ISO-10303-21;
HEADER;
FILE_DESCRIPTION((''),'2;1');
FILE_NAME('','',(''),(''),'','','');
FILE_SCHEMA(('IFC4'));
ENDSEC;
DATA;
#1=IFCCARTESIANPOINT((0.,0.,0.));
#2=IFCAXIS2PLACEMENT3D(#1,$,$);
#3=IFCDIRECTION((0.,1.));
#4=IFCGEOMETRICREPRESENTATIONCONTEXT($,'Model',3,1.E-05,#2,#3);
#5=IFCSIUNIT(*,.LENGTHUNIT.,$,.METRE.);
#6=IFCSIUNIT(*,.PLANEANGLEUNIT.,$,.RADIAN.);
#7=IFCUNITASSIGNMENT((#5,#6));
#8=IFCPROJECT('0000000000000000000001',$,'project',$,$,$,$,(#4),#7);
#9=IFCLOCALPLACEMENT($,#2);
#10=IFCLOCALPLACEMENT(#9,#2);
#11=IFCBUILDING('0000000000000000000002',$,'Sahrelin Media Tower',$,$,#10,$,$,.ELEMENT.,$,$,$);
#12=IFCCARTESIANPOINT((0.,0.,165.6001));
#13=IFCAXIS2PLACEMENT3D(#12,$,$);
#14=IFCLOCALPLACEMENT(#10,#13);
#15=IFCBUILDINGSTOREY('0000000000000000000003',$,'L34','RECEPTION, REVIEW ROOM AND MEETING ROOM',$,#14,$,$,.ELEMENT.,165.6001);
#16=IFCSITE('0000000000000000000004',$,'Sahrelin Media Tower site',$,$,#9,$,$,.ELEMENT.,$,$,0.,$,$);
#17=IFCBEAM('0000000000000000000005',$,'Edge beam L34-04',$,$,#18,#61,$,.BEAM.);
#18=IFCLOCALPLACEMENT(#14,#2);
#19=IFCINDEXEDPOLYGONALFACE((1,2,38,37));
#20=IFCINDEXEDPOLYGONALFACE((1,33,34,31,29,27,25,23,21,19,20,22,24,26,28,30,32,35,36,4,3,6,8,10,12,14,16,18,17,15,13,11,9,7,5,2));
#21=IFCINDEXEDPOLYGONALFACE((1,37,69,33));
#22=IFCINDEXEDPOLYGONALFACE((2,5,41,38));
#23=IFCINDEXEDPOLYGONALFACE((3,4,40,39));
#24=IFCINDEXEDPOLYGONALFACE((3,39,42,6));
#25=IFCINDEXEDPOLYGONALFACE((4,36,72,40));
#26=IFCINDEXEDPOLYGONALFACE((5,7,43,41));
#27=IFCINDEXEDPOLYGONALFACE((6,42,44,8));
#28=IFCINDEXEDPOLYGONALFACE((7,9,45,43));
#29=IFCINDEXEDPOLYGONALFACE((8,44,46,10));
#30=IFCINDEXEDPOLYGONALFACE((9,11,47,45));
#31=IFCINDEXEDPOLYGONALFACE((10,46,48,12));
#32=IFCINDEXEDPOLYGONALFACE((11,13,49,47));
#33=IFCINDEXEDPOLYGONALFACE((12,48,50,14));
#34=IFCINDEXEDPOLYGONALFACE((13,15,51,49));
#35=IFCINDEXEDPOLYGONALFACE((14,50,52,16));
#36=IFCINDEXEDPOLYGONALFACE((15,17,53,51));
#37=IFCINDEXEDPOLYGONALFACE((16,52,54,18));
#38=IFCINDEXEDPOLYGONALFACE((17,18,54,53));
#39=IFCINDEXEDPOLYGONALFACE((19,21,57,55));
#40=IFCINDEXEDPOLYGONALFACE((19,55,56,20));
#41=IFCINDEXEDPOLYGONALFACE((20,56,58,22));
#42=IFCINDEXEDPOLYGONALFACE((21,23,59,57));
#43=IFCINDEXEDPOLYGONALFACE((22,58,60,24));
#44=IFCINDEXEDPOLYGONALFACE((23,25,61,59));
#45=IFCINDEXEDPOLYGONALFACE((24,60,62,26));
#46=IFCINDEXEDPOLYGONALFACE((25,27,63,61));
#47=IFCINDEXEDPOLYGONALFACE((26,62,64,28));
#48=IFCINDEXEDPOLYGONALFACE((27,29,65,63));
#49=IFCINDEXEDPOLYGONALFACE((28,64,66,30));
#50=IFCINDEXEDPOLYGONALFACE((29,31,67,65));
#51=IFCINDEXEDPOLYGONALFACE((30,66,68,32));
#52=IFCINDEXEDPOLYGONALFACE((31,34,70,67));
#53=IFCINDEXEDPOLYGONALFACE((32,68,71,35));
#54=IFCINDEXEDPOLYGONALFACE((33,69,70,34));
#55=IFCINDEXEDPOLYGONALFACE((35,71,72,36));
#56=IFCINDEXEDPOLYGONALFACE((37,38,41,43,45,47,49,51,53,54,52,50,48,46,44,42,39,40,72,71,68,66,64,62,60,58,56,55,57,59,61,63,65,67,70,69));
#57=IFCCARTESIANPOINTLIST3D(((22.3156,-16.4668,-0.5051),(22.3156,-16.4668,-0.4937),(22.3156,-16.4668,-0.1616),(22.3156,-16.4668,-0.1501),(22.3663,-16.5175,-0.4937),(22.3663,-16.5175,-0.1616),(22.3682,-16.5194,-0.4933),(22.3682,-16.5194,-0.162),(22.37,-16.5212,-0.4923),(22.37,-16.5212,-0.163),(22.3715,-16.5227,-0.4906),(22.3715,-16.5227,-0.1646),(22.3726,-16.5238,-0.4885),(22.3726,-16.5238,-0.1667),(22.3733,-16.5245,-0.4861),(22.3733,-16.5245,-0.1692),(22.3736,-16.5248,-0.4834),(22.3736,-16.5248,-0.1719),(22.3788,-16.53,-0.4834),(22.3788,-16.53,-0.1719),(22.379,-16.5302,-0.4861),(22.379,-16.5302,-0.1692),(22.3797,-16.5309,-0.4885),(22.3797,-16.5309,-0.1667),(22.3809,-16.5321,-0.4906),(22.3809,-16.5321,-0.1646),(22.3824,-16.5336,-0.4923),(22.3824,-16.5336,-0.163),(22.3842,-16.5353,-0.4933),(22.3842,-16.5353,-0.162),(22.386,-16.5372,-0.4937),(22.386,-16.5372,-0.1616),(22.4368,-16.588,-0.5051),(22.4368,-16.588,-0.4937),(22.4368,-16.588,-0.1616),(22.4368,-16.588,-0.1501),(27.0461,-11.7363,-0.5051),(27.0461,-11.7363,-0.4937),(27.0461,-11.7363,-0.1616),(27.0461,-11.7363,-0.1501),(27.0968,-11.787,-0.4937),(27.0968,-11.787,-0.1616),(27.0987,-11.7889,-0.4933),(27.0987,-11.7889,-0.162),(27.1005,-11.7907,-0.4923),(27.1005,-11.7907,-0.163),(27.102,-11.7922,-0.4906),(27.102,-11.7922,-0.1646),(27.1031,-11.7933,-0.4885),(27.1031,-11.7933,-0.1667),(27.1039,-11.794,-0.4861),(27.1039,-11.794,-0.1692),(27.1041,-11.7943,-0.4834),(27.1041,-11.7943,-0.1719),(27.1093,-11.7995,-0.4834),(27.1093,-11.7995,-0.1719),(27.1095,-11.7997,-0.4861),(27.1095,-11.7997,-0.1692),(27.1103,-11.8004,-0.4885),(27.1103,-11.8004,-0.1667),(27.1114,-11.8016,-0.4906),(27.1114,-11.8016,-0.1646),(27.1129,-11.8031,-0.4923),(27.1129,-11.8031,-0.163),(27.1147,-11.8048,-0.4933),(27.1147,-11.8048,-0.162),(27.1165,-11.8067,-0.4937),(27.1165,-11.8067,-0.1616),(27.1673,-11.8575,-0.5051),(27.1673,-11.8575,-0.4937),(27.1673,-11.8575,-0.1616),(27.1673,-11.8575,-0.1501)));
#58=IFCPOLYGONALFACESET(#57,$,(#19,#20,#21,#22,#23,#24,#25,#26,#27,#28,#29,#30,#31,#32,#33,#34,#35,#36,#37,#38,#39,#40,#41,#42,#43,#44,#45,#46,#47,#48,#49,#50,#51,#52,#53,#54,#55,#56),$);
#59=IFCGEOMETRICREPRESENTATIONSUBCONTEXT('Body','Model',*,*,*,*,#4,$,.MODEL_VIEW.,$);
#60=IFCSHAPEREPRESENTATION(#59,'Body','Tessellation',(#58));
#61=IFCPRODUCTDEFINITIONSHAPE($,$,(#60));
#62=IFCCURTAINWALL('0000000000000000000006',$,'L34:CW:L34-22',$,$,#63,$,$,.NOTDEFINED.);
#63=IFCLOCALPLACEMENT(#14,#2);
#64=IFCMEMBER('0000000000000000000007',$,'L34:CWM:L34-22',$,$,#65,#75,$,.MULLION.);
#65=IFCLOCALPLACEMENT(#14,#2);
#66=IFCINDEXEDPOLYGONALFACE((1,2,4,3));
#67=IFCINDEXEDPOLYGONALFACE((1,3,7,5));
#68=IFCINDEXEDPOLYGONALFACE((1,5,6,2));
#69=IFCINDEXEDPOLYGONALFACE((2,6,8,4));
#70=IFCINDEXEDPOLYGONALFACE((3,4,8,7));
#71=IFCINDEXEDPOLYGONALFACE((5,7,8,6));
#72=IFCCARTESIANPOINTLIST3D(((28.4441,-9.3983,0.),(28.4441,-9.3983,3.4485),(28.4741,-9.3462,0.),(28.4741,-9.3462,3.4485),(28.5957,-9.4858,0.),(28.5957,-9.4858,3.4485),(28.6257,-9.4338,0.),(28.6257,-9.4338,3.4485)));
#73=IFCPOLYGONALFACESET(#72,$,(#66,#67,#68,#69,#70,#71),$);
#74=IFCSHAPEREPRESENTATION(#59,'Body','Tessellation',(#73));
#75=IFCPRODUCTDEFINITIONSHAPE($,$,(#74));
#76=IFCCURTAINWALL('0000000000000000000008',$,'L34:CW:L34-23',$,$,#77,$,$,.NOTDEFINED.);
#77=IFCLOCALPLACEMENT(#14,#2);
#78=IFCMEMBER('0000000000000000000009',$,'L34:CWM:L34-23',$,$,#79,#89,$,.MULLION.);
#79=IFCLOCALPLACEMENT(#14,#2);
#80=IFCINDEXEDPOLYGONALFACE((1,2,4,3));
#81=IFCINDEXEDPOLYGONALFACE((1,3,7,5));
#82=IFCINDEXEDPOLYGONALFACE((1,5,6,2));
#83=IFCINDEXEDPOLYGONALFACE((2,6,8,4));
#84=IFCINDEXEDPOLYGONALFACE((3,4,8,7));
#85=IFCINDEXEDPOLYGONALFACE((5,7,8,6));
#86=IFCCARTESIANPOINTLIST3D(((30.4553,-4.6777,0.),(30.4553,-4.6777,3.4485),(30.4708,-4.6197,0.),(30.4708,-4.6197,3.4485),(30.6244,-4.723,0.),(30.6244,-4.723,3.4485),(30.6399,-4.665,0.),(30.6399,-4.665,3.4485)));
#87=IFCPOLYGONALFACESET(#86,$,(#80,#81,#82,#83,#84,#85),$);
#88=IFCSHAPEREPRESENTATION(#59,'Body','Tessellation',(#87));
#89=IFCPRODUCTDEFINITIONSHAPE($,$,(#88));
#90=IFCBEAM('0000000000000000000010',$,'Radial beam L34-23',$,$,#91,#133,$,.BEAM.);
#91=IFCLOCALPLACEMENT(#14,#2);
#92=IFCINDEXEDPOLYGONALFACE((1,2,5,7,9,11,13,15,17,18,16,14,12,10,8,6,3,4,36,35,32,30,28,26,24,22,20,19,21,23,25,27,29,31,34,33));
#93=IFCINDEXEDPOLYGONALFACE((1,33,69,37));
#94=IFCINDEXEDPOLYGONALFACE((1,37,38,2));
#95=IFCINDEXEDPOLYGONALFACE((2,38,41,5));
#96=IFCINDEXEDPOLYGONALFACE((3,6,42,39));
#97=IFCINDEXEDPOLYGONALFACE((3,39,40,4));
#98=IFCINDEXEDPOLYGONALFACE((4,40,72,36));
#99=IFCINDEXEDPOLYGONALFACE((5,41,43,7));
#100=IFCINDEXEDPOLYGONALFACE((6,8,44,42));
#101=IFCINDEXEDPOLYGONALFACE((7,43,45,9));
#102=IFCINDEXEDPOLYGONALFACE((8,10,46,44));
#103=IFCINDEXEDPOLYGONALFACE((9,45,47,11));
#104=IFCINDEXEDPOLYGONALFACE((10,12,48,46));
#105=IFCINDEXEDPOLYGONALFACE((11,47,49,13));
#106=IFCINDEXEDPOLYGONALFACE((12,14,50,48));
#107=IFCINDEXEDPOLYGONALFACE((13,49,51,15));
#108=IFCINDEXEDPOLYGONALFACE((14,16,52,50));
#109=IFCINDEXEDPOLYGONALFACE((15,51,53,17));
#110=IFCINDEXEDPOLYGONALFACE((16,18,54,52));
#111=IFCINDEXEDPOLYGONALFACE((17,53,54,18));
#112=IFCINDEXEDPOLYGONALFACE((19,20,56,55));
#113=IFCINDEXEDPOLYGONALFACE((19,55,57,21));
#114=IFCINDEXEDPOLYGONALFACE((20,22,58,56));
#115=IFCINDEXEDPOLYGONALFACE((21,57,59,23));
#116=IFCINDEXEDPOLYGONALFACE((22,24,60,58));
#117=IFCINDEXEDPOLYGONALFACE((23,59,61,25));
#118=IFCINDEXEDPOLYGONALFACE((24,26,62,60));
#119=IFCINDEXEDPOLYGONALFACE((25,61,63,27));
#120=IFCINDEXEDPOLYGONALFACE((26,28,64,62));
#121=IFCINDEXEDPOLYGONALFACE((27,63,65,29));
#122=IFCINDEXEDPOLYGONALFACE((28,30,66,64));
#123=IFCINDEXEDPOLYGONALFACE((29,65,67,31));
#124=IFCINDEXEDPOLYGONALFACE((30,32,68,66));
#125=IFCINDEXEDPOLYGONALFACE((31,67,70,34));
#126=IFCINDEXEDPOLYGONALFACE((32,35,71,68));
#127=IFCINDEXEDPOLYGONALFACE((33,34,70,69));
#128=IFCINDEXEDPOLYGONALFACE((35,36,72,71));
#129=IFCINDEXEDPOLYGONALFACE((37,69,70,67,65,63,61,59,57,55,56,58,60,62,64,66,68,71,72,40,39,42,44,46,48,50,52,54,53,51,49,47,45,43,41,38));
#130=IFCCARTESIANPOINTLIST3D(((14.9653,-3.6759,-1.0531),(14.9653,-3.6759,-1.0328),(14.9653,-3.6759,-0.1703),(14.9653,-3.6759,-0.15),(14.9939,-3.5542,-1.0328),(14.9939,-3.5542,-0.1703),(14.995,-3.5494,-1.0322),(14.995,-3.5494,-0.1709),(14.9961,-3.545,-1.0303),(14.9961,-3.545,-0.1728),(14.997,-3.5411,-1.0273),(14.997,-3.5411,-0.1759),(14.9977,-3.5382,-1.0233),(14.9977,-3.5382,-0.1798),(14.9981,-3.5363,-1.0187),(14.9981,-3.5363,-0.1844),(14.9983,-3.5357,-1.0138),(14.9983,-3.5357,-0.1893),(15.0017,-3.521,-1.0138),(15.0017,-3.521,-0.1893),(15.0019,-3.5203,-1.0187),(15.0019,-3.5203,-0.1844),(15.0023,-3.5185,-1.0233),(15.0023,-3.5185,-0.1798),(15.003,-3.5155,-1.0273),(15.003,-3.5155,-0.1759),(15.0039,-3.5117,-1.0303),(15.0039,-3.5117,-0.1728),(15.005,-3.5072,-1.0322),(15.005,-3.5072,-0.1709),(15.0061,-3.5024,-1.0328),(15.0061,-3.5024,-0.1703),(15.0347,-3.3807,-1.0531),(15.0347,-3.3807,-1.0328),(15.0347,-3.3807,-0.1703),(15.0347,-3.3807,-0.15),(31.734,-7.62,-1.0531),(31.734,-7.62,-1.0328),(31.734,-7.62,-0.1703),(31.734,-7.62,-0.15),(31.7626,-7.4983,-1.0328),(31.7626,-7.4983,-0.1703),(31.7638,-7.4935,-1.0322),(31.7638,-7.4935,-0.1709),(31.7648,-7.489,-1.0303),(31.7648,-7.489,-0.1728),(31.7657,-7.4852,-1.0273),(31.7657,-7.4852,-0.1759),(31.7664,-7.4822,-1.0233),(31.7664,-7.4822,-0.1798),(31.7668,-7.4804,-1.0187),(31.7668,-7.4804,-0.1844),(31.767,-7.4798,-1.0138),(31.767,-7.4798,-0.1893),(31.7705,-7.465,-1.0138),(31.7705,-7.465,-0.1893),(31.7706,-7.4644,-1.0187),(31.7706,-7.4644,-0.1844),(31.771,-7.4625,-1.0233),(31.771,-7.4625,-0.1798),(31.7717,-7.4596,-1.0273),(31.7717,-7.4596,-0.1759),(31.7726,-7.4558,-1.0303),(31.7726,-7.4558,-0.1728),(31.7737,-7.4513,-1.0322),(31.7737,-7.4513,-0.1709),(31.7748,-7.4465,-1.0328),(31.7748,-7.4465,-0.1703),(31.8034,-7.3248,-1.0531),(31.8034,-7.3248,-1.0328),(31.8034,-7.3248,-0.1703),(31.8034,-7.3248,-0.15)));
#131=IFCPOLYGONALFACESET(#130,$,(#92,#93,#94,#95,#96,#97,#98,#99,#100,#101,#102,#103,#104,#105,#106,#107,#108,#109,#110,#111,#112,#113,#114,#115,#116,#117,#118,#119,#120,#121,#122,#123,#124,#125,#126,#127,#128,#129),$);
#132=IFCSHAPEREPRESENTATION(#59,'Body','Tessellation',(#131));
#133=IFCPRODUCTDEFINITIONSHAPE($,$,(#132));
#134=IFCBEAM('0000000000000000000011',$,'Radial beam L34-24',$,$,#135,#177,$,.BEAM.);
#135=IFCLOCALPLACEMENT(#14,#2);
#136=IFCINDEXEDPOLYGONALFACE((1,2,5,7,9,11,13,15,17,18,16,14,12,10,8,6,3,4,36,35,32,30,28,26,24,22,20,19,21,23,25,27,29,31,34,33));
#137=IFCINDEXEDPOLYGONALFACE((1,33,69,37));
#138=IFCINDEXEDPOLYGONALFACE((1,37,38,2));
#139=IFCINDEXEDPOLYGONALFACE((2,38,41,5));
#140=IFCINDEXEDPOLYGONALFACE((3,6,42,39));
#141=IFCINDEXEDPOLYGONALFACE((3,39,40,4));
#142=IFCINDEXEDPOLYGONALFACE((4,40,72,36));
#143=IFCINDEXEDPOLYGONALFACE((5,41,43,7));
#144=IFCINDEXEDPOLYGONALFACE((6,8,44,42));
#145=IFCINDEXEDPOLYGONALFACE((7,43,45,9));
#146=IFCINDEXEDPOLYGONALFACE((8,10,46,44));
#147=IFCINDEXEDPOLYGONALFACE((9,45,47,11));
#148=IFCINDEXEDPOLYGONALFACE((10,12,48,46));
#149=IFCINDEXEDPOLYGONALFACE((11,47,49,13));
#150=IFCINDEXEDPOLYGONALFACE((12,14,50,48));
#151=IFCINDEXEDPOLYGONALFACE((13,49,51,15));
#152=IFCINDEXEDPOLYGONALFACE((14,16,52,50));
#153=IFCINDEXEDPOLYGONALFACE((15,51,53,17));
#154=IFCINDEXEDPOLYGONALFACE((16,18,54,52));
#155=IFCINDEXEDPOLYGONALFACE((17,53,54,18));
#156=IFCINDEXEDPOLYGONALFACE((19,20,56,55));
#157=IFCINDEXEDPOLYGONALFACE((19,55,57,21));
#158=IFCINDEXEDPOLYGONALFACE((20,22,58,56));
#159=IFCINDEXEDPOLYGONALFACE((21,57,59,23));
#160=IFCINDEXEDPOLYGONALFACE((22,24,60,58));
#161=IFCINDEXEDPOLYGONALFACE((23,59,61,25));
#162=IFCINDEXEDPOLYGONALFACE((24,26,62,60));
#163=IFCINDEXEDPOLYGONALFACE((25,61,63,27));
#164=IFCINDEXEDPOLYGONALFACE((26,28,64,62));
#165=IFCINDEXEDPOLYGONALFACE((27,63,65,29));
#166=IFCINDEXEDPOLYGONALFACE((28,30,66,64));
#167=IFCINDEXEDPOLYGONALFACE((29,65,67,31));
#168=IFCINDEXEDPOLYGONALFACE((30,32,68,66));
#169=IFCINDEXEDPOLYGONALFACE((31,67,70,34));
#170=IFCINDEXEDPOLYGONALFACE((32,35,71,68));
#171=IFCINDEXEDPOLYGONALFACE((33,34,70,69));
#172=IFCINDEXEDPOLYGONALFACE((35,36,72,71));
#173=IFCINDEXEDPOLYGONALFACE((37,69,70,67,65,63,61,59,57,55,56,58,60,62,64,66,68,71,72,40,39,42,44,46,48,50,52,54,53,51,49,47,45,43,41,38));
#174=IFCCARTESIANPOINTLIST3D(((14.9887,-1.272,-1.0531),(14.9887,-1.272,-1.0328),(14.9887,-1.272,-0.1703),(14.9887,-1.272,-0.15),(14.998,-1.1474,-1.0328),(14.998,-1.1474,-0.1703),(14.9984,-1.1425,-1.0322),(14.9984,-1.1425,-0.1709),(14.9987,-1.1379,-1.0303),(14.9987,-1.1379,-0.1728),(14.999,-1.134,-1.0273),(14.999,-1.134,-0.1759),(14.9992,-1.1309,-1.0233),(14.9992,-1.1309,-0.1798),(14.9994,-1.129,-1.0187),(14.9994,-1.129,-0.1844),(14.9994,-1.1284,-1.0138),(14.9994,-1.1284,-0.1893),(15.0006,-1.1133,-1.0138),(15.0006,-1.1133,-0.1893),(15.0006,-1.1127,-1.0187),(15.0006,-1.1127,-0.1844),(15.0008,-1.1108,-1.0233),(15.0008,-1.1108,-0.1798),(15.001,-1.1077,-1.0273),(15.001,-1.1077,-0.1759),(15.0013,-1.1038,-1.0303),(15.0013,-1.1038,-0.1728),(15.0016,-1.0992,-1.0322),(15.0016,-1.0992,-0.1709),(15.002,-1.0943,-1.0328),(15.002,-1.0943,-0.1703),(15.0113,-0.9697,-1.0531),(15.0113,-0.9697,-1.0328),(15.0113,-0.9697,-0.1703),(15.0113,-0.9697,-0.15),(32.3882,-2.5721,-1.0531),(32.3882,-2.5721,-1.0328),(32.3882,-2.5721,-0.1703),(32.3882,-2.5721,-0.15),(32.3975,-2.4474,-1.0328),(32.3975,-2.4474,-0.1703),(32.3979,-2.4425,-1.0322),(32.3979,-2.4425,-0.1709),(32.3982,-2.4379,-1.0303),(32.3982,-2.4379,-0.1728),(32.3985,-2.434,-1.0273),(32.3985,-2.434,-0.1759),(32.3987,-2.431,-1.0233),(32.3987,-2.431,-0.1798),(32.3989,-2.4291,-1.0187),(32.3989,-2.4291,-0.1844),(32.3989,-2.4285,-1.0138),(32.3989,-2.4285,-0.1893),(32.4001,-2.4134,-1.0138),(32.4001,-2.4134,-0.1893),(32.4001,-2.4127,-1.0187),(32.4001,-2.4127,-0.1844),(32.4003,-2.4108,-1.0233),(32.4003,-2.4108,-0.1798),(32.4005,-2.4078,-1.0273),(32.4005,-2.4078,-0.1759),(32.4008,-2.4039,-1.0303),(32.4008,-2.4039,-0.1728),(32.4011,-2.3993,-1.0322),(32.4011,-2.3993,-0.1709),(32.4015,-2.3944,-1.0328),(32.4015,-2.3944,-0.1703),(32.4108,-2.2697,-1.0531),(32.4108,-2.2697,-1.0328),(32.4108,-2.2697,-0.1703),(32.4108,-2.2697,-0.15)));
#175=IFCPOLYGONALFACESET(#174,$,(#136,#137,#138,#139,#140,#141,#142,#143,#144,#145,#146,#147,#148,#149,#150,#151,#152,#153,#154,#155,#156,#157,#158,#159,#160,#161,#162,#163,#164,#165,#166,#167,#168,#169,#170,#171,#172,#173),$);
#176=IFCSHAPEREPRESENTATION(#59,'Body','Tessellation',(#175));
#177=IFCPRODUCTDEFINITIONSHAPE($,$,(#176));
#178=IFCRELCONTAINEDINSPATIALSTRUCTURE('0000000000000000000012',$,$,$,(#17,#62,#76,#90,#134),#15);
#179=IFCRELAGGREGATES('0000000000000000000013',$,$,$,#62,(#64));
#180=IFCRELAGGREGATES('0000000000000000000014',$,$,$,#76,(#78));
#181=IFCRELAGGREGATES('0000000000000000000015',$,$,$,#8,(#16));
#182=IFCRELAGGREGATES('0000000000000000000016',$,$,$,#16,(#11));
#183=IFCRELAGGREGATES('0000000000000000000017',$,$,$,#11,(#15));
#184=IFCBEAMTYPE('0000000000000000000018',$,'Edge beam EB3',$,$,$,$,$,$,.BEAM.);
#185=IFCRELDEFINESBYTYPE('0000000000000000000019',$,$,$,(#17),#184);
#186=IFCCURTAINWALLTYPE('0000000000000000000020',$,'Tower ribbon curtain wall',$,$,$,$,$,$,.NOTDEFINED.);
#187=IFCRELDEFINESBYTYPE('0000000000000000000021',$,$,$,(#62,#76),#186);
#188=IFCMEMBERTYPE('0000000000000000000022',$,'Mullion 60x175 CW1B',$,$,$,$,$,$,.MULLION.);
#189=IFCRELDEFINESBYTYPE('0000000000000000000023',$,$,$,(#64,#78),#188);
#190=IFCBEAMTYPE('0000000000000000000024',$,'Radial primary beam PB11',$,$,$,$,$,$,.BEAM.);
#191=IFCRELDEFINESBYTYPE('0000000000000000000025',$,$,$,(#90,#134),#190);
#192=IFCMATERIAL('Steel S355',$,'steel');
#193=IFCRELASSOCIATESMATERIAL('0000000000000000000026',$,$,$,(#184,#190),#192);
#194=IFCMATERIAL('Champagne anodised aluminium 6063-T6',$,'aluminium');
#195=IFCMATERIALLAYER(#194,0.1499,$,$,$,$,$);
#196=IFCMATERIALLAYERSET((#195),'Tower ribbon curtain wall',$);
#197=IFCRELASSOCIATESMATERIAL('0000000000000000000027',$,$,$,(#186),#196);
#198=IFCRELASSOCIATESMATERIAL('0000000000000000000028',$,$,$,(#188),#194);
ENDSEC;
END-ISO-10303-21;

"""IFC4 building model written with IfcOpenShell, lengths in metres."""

from ifc_helpers import new_model, si_unit, direction, frame, origin, origin_2d, place, context, subcontext, project, spatial, rectangle, i_section, extrude, material, layer, layer_set, material_profile, profile_set, type_object, element, aggregate, save


model = new_model("IFC4")

# Units and contexts
model_context = context("Model", 3, precision=1e-05, world=origin(), true_north=direction((0.0, 1.0)))
body_context = subcontext(model_context, "Body", "Model", "MODEL_VIEW")
ifc_project = project(units=[si_unit("LENGTHUNIT", "METRE"), si_unit("PLANEANGLEUNIT", "RADIAN")], contexts=[model_context])

# Site, building, storey
site_placement = place(None, origin())
site = spatial("IfcSite", under=ifc_project, at=site_placement, Name="Sahrelin Media Tower site", CompositionType="ELEMENT", RefElevation=0.0)
building_placement = place(site_placement, origin())
building = spatial("IfcBuilding", under=site, at=building_placement, Name="Sahrelin Media Tower", CompositionType="ELEMENT")
storey_placement = place(building_placement, frame((0.0, 0.0, 165.6001)))
storey = spatial("IfcBuildingStorey", under=building, at=storey_placement, Name="L34", Description="RECEPTION, REVIEW ROOM AND MEETING ROOM", CompositionType="ELEMENT", Elevation=165.6001)

# Beam
ifc_material_1 = material(Name="Steel S355", Category="steel")
ifc_material_profile_1 = material_profile(ifc_material_1, i_section(OverallWidth=0.1714, OverallDepth=0.355, WebThickness=0.0073, FlangeThickness=0.0115, FilletRadius=0.0103, at=origin_2d()), Name="UB 356x171x51")
ifc_profile_set_1 = profile_set([ifc_material_profile_1], Name="Steel S355")
beam_type_1 = type_object("IfcBeamType", Name="Edge beam EB3", PredefinedType="BEAM", material=ifc_profile_set_1)
beam_1_placement = place(storey_placement, frame((27.1067, -11.7969, -0.3276), z_axis=(-0.707107, -0.707107, 0.0), x_axis=(0.707107, -0.707107, 0.0)))
element("IfcBeam", 1, at=beam_1_placement, inside=storey, type_object=beam_type_1, Name="Edge beam L34-04", PredefinedType="BEAM", context=body_context, shape_type="SweptSolid", body=[
    extrude(i_section(OverallWidth=0.1714, OverallDepth=0.355, WebThickness=0.0073, FlangeThickness=0.0115, FilletRadius=0.0103, at=origin_2d()), origin(), (0.0, 0.0, 1.0), 6.6899),
])

# Curtain walls, members
ifc_material_2 = material(Name="Champagne anodised aluminium 6063-T6", Category="aluminium")
ifc_layer_1 = layer(ifc_material_2, 0.1499)
ifc_layer_set_1 = layer_set([ifc_layer_1], Name="Tower ribbon curtain wall")
curtain_wall_type = type_object("IfcCurtainWallType", Name="Tower ribbon curtain wall", PredefinedType="NOTDEFINED", material=ifc_layer_set_1)
curtain_wall_1_placement = place(storey_placement, frame((28.6277, -9.4697, 0.0), z_axis=(0.0, 0.0, 1.0), x_axis=(1.0, 0.0, 0.0)))
curtain_wall_1 = element("IfcCurtainWall", 2, at=curtain_wall_1_placement, inside=storey, type_object=curtain_wall_type, Name="L34:CW:L34-22", PredefinedType="NOTDEFINED")
ifc_material_profile_2 = material_profile(ifc_material_2, rectangle(XDim=0.0601, YDim=0.175, at=origin_2d()), Name="Mullion 60x175")
ifc_profile_set_2 = profile_set([ifc_material_profile_2], Name="Champagne anodised aluminium 6063-T6")
member_type_1 = type_object("IfcMemberType", Name="Mullion 60x175 CW1B", PredefinedType="MULLION", material=ifc_profile_set_2)
member_1_placement = place(storey_placement, frame((28.5349, -9.416, 0.0), z_axis=(0.0, 0.0, 1.0), x_axis=(0.500003, 0.866024, 0.0)))
member_1 = element("IfcMember", 3, at=member_1_placement, type_object=member_type_1, Name="L34:CWM:L34-22", PredefinedType="MULLION", context=body_context, shape_type="SweptSolid", body=[
    extrude(rectangle(XDim=0.0601, YDim=0.175, at=origin_2d()), origin(), (0.0, 0.0, 1.0), 3.4485),
])
curtain_wall_2_placement = place(storey_placement, frame((30.6516, -4.6992, 0.0), z_axis=(0.0, 0.0, 1.0), x_axis=(1.0, 0.0, 0.0)))
curtain_wall_2 = element("IfcCurtainWall", 4, at=curtain_wall_2_placement, inside=storey, type_object=curtain_wall_type, Name="L34:CW:L34-23", PredefinedType="NOTDEFINED")
member_2_placement = place(storey_placement, frame((30.5476, -4.6714, 0.0), z_axis=(0.0, 0.0, 1.0), x_axis=(0.258814, 0.965927, 0.0)))
member_2 = element("IfcMember", 5, at=member_2_placement, type_object=member_type_1, Name="L34:CWM:L34-23", PredefinedType="MULLION", context=body_context, shape_type="SweptSolid", body=[
    extrude(rectangle(XDim=0.0601, YDim=0.175, at=origin_2d()), origin(), (0.0, 0.0, 1.0), 3.4485),
])

# Beams
ifc_material_profile_3 = material_profile(ifc_material_1, i_section(OverallWidth=0.3032, OverallDepth=0.9031, WebThickness=0.0151, FlangeThickness=0.0203, FilletRadius=0.019, at=origin_2d()), Name="UB 914x305x201")
ifc_profile_set_3 = profile_set([ifc_material_profile_3], Name="Steel S355")
beam_type_2 = type_object("IfcBeamType", Name="Radial primary beam PB11", PredefinedType="BEAM", material=ifc_profile_set_3)
beam_2_placement = place(storey_placement, frame((15.0, -3.5283, -0.6016), z_axis=(0.973437, -0.228956, 0.0), x_axis=(0.228956, 0.973437, 0.0)))
element("IfcBeam", 6, at=beam_2_placement, inside=storey, type_object=beam_type_2, Name="Radial beam L34-23", PredefinedType="BEAM", context=body_context, shape_type="SweptSolid", body=[
    extrude(i_section(OverallWidth=0.3032, OverallDepth=0.9031, WebThickness=0.0151, FlangeThickness=0.0203, FilletRadius=0.019, at=origin_2d()), origin(), (0.0, 0.0, 1.0), 17.2263),
])
beam_3_placement = place(storey_placement, frame((15.0, -1.1208, -0.6016), z_axis=(0.99722, -0.07451, 0.0), x_axis=(0.07451, 0.99722, 0.0)))
element("IfcBeam", 7, at=beam_3_placement, inside=storey, type_object=beam_type_2, Name="Radial beam L34-24", PredefinedType="BEAM", context=body_context, shape_type="SweptSolid", body=[
    extrude(i_section(OverallWidth=0.3032, OverallDepth=0.9031, WebThickness=0.0151, FlangeThickness=0.0203, FilletRadius=0.019, at=origin_2d()), origin(), (0.0, 0.0, 1.0), 17.448),
])

aggregate(curtain_wall_1, [member_1])

aggregate(curtain_wall_2, [member_2])

save(model, "model.ifc")
